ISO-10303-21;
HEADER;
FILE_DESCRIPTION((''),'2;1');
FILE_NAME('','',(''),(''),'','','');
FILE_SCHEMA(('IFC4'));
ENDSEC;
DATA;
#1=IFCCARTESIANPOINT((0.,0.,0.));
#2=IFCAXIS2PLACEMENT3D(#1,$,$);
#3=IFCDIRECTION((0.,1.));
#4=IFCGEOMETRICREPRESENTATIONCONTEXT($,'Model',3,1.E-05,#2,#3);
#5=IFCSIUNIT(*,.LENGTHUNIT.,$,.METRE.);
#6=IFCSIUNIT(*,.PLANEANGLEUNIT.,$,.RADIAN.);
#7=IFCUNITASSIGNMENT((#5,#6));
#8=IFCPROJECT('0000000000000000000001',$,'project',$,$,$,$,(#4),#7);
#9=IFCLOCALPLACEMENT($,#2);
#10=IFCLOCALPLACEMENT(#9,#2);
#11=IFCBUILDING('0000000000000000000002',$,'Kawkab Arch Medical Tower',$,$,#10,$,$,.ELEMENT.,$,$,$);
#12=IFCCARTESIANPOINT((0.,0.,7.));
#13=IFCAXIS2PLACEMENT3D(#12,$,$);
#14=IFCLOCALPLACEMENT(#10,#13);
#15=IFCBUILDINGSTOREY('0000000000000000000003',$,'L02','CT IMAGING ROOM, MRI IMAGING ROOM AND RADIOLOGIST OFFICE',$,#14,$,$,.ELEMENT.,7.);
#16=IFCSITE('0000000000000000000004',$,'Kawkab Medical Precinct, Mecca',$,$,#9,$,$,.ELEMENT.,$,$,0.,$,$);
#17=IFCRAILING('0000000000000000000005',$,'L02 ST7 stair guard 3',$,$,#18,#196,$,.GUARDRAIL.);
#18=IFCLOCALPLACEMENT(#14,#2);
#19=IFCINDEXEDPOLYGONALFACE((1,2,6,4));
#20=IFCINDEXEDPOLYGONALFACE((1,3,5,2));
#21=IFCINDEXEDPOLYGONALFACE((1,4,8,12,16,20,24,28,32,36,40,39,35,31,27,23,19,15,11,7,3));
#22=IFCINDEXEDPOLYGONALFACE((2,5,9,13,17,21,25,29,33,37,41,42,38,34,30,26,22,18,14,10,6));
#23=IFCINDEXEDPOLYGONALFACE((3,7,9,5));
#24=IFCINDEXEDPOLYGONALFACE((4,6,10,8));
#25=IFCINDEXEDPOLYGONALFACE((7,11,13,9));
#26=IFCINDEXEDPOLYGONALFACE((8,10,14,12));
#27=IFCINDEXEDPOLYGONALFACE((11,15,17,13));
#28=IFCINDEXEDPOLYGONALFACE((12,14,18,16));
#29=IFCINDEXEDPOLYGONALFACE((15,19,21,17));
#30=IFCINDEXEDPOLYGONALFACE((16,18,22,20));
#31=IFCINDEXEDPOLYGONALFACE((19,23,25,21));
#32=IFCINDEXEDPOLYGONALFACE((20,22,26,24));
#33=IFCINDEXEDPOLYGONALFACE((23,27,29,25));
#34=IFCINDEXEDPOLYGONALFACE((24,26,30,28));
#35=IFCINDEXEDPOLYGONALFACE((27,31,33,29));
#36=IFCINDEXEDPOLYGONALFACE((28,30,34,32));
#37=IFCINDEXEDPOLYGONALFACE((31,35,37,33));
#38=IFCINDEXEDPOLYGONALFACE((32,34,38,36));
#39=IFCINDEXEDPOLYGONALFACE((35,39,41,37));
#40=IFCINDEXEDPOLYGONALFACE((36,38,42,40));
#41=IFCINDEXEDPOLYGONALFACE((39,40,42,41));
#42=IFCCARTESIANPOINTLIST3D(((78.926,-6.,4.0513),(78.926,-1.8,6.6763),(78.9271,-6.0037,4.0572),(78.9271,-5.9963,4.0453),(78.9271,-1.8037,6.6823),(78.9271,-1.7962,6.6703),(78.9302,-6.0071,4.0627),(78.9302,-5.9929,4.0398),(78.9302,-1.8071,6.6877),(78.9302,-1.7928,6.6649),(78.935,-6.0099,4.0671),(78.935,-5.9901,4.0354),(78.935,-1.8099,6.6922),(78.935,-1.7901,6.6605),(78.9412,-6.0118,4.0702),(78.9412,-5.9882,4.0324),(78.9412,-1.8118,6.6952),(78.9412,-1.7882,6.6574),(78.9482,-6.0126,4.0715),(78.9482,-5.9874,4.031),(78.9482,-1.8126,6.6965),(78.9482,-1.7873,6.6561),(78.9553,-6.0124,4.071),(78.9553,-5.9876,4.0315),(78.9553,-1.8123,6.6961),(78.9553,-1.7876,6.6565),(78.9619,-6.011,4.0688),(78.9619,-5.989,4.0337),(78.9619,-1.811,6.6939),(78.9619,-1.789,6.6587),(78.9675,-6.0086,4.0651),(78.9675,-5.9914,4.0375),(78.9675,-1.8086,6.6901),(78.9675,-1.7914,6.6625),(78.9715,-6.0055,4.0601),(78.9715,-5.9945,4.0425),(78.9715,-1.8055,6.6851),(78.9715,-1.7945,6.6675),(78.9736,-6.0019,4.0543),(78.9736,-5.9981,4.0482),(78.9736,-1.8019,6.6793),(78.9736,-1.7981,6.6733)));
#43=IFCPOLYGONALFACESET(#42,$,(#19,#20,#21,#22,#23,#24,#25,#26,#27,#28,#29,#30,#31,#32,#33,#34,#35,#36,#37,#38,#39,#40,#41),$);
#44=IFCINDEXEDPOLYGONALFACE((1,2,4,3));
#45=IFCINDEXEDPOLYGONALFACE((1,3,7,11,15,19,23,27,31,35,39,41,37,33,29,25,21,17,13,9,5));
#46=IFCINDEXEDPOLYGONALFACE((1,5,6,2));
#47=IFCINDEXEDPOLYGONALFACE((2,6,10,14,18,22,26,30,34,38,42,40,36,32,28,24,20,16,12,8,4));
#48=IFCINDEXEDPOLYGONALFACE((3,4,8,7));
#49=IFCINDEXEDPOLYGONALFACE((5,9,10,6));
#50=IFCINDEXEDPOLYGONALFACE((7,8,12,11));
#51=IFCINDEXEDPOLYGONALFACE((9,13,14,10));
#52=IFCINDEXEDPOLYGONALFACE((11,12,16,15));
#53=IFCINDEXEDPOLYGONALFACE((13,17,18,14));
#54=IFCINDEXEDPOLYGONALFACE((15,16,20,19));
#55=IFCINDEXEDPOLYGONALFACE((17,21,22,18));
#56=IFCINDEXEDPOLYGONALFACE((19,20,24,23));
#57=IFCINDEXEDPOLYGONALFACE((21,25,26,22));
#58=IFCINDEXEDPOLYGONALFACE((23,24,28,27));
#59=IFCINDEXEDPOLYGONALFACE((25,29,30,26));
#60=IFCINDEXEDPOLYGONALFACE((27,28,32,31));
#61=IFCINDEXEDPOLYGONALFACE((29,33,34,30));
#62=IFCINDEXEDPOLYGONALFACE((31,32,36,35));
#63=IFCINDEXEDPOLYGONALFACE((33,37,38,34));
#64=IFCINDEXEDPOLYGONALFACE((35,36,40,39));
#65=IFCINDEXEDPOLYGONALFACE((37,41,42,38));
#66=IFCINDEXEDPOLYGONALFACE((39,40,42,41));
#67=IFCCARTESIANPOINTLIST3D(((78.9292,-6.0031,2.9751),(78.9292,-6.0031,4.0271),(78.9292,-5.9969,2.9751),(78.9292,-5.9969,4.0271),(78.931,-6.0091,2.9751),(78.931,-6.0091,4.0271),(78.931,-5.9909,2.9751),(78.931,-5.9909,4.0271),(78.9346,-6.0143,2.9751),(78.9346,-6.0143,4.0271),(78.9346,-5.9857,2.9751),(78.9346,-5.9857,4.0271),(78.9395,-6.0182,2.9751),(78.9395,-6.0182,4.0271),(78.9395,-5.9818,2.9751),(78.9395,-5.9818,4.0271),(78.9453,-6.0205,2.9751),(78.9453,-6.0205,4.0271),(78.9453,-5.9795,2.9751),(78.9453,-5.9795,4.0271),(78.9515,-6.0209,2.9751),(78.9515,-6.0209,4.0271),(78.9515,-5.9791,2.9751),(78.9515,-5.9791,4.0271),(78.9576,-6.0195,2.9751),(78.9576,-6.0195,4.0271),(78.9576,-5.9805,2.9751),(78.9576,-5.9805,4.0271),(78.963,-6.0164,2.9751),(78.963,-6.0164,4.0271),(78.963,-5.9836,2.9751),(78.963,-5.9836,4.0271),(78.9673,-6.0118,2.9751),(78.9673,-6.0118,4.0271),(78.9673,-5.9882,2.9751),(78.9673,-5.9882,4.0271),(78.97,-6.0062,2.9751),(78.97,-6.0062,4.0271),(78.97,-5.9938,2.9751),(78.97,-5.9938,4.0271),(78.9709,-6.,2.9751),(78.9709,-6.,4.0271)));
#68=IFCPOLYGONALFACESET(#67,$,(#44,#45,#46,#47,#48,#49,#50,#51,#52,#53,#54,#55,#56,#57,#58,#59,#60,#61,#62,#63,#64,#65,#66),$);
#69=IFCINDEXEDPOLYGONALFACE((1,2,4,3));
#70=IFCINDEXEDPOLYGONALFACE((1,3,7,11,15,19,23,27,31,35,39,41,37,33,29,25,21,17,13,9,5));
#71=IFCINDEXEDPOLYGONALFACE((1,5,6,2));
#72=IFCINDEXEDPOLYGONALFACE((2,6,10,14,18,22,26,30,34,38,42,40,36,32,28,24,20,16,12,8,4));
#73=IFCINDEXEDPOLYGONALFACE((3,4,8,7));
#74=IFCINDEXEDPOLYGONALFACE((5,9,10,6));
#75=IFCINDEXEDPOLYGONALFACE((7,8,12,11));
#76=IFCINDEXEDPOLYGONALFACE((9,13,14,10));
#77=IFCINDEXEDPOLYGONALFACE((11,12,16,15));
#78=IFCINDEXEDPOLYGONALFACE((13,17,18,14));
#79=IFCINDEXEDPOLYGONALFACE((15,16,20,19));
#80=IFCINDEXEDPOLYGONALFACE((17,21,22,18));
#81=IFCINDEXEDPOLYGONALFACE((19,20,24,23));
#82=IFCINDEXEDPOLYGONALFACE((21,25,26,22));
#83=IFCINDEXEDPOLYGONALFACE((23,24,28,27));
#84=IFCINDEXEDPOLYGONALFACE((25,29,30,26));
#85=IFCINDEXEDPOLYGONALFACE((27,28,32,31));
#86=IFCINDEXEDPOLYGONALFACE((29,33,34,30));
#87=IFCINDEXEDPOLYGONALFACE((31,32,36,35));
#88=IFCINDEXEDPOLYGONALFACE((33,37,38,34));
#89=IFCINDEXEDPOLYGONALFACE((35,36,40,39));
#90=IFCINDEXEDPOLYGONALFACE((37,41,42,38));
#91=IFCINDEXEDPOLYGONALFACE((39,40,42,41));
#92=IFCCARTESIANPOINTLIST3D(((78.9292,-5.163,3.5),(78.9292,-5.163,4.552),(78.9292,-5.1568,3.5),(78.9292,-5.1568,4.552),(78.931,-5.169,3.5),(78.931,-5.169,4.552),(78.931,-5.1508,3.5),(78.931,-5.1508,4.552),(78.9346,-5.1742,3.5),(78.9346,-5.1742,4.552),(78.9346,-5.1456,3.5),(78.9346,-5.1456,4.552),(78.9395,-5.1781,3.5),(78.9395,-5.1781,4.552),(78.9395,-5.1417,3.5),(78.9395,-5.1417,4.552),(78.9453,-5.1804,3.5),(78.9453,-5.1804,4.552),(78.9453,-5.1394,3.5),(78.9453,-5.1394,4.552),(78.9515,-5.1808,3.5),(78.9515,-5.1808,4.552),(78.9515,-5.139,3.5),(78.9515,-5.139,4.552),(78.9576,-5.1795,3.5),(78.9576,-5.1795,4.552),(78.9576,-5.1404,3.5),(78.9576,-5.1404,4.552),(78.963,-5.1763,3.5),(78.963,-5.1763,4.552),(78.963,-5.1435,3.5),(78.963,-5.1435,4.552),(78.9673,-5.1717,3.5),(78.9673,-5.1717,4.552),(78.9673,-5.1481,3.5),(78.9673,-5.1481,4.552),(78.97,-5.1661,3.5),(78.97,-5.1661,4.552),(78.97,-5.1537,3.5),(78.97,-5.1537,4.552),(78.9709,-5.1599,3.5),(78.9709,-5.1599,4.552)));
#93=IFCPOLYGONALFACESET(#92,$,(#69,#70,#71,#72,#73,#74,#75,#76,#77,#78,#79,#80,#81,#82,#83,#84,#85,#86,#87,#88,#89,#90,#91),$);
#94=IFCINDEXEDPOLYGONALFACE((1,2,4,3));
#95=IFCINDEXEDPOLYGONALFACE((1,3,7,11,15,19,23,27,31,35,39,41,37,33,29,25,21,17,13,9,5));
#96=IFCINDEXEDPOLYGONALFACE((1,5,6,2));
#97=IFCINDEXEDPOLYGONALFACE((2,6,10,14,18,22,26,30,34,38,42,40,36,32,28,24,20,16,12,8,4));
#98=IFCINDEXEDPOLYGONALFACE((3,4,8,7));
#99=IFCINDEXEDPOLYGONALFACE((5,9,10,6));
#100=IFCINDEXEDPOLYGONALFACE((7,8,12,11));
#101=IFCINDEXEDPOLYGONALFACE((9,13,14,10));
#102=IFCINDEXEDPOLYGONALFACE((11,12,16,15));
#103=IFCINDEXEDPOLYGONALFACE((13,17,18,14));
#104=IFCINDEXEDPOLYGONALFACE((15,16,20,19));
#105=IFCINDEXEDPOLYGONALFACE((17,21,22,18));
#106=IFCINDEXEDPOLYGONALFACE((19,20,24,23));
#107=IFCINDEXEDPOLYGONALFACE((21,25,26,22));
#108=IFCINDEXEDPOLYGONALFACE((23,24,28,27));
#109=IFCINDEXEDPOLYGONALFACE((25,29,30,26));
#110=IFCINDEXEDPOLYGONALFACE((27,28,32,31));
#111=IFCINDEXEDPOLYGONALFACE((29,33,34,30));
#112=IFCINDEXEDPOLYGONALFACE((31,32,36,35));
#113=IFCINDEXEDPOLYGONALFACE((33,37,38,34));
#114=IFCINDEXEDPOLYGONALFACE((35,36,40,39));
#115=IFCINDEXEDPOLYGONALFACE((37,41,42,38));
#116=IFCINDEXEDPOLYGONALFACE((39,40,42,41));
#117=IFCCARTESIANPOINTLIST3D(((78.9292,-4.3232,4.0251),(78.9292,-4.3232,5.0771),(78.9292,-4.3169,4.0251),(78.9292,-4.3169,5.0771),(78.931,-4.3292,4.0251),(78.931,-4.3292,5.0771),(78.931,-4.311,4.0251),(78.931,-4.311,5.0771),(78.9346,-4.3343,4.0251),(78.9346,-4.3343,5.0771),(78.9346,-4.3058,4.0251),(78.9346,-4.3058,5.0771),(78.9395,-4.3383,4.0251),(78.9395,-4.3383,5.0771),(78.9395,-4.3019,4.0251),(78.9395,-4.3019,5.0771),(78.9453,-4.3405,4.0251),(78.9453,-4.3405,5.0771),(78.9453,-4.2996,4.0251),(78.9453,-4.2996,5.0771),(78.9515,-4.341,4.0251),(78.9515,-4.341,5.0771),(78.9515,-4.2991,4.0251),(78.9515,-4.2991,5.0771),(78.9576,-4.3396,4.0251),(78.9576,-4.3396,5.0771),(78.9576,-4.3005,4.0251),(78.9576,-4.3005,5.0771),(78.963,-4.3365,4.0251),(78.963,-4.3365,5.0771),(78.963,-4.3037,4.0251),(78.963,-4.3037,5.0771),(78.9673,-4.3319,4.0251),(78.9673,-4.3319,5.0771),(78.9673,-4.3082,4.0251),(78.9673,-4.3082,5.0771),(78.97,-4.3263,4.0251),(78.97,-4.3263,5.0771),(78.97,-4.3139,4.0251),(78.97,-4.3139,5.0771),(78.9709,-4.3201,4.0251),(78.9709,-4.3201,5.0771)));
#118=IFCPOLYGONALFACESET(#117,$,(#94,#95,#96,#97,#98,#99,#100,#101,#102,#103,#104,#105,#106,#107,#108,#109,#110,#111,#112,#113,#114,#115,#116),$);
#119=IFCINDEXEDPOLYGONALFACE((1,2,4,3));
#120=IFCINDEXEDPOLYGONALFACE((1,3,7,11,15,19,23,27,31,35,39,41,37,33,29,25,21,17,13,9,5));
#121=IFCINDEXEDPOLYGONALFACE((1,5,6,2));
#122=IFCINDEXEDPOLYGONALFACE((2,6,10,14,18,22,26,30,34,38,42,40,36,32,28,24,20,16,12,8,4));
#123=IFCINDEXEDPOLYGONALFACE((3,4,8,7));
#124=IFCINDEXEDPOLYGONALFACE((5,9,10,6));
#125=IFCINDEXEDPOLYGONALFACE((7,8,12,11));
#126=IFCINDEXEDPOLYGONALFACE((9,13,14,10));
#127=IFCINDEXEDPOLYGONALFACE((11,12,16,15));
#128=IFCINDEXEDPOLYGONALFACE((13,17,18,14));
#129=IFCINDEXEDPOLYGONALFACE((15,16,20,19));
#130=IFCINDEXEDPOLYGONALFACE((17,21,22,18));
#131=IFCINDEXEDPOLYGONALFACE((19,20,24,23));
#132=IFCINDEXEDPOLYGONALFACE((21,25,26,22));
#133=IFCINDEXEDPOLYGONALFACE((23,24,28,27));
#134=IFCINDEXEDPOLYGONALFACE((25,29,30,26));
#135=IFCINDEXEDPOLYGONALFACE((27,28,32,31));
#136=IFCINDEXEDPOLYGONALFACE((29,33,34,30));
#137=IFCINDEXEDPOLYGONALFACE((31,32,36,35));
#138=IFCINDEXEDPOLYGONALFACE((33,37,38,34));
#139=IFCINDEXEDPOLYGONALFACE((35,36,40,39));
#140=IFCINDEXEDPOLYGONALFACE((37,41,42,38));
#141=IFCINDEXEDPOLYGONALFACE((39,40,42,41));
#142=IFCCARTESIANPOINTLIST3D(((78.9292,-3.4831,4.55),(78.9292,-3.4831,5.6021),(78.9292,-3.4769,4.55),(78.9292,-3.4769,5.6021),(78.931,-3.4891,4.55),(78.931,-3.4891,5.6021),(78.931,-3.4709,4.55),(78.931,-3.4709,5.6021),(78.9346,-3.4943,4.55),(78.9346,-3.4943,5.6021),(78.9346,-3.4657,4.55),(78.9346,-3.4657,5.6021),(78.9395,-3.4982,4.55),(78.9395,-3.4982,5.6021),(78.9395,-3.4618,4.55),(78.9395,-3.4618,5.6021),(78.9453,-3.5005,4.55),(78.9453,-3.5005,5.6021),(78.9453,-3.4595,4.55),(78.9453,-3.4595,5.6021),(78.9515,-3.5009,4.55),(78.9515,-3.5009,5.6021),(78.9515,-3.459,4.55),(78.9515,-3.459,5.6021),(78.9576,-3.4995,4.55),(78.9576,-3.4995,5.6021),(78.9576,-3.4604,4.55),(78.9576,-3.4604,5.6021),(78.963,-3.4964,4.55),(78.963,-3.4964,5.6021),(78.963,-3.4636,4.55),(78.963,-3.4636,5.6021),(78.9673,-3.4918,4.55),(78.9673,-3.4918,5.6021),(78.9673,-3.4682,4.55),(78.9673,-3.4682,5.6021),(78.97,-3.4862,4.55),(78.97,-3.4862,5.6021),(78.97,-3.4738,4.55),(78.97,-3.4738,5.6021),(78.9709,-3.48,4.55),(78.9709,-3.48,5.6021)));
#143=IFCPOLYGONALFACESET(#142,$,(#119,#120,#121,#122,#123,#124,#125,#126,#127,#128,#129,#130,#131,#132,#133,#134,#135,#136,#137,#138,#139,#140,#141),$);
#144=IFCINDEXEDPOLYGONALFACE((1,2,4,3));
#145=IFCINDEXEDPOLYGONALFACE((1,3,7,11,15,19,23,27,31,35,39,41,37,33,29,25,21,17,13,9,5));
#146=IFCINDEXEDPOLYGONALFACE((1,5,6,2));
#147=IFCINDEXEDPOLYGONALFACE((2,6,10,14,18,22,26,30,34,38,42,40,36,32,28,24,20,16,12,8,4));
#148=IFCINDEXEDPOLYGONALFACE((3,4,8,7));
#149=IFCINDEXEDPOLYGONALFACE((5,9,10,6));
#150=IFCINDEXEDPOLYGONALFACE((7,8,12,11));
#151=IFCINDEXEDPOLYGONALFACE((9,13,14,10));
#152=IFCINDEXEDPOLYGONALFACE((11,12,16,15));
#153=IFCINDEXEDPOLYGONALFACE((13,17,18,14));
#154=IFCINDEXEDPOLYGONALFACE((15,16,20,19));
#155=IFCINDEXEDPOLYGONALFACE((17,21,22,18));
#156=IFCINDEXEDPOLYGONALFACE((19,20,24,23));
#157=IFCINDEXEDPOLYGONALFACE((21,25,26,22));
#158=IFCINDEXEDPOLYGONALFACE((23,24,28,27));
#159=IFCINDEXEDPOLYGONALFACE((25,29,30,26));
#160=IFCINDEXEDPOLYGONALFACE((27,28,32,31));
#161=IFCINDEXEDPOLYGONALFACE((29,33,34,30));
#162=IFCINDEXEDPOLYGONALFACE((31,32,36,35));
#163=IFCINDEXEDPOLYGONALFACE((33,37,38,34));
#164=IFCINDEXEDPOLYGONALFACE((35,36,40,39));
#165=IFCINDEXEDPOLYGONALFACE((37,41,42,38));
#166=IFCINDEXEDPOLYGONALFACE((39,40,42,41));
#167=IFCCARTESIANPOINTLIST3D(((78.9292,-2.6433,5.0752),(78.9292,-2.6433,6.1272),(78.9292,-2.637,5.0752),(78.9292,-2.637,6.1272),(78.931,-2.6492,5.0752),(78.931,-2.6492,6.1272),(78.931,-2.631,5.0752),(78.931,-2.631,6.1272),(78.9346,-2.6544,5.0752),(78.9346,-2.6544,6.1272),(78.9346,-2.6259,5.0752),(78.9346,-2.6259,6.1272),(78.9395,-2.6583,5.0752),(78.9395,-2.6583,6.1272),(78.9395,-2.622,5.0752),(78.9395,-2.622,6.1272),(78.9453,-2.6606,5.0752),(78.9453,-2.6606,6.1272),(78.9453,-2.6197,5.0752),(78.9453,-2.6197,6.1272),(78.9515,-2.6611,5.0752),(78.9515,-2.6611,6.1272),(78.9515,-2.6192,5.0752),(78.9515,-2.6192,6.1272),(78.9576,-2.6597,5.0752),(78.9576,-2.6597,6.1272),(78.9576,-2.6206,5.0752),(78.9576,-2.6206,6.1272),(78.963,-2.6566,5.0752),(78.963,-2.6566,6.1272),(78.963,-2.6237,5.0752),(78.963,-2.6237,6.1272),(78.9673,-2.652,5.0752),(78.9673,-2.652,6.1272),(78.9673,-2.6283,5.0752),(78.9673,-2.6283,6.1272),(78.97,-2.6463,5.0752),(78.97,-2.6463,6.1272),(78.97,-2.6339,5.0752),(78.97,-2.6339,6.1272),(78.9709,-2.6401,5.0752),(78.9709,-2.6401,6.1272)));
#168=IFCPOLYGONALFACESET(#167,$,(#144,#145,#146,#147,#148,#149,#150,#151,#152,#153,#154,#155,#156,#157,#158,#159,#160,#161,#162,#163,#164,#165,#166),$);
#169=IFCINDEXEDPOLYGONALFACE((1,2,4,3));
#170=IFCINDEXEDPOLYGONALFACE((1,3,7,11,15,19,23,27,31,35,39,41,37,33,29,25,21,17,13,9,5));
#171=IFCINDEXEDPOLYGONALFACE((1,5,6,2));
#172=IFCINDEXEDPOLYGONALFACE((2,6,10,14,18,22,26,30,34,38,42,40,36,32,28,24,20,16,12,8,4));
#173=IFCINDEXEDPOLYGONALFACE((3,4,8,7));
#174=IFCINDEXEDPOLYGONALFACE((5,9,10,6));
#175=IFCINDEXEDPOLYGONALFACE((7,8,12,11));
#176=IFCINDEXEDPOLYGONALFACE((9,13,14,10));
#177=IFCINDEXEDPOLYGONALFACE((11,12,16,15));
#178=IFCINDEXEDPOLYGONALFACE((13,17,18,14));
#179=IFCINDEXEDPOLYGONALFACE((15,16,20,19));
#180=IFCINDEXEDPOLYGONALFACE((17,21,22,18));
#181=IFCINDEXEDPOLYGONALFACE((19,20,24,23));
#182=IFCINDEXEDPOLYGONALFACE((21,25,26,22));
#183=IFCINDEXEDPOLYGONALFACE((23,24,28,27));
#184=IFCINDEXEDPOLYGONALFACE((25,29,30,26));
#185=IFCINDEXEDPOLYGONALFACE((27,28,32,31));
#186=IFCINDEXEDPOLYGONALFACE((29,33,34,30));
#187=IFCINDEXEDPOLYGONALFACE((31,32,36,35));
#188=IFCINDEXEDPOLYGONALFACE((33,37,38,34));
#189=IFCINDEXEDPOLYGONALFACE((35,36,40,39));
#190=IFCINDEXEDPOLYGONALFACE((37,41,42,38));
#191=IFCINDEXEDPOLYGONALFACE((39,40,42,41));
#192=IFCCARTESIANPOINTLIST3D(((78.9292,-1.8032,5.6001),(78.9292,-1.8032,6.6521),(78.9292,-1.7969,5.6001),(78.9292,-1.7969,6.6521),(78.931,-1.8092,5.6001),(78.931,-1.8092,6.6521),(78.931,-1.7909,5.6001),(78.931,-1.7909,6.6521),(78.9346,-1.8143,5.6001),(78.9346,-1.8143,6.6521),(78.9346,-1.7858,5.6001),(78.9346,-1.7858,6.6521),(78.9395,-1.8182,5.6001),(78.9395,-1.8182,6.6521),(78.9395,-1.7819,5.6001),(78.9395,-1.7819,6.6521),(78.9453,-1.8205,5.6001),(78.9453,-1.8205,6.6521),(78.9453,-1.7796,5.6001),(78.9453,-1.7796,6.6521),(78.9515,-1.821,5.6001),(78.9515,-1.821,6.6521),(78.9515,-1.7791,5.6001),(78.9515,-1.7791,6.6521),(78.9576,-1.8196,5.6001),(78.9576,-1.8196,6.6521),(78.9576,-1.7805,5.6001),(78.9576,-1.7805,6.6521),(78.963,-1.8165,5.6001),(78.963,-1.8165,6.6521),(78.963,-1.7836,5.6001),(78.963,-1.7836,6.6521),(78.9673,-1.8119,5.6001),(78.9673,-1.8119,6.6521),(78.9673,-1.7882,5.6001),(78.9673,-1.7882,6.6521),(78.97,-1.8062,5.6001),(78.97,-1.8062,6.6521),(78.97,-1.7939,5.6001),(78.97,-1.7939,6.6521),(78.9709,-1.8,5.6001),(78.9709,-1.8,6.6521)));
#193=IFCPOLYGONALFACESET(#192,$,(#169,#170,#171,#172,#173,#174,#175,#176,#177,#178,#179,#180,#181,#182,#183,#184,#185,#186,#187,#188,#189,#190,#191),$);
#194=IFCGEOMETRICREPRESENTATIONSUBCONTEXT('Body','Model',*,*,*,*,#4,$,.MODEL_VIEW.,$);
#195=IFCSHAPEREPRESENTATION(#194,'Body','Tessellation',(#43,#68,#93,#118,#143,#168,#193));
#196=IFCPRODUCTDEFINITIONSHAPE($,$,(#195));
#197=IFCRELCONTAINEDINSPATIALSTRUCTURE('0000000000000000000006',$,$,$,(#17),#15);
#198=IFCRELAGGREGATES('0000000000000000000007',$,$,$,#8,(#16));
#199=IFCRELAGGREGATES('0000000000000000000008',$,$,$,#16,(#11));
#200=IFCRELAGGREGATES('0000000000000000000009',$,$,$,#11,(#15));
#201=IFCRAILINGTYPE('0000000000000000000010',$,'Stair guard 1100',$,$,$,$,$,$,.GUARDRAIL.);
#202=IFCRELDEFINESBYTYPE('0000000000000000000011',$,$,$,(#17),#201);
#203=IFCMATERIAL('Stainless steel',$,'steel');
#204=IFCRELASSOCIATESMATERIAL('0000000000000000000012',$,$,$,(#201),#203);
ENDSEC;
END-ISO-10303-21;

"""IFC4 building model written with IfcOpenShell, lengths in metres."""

from ifc_helpers import new_model, si_unit, direction, frame, origin, origin_2d, place, context, subcontext, project, spatial, circle, extrude, material, type_object, element, save


model = new_model("IFC4")

# Units and contexts
model_context = context("Model", 3, precision=1e-05, world=origin(), true_north=direction((0.0, 1.0)))
body_context = subcontext(model_context, "Body", "Model", "MODEL_VIEW")
ifc_project = project(units=[si_unit("LENGTHUNIT", "METRE"), si_unit("PLANEANGLEUNIT", "RADIAN")], contexts=[model_context])

# Site, building, storey
site_placement = place(None, origin())
site = spatial("IfcSite", under=ifc_project, at=site_placement, Name="Kawkab Medical Precinct, Mecca", CompositionType="ELEMENT", RefElevation=0.0)
building_placement = place(site_placement, origin())
building = spatial("IfcBuilding", under=site, at=building_placement, Name="Kawkab Arch Medical Tower", CompositionType="ELEMENT")
storey_placement = place(building_placement, frame((0.0, 0.0, 7.0)))
storey = spatial("IfcBuildingStorey", under=building, at=storey_placement, Name="L02", Description="CT IMAGING ROOM, MRI IMAGING ROOM AND RADIOLOGIST OFFICE", CompositionType="ELEMENT", Elevation=7.0)

# Railing
ifc_material_1 = material(Name="Stainless steel", Category="steel")
railing_type = type_object("IfcRailingType", Name="Stair guard 1100", PredefinedType="GUARDRAIL", material=ifc_material_1)
railing_1_placement = place(storey_placement, frame((78.95, -6.0, 2.9751)))
element("IfcRailing", 1, at=railing_1_placement, inside=storey, type_object=railing_type, Name="L02 ST7 stair guard 3", PredefinedType="GUARDRAIL", context=body_context, shape_type="SweptSolid", body=[
    extrude(circle(Radius=0.0239, at=origin_2d()), frame((0.0, 0.0, 1.0762), z_axis=(0.0, 0.847996, 0.530003), x_axis=(-1.0, 0.0, 0.0)), (0.0, 0.0, 1.0), 4.9529),
    extrude(circle(Radius=0.021, at=origin_2d()), origin(), (0.0, 0.0, 1.0), 1.052),
    extrude(circle(Radius=0.021, at=origin_2d()), frame((0.0, 0.8401, 0.5249)), (0.0, 0.0, 1.0), 1.052),
    extrude(circle(Radius=0.021, at=origin_2d()), frame((0.0, 1.6799, 1.05)), (0.0, 0.0, 1.0), 1.052),
    extrude(circle(Radius=0.021, at=origin_2d()), frame((0.0, 2.52, 1.575)), (0.0, 0.0, 1.0), 1.052),
    extrude(circle(Radius=0.021, at=origin_2d()), frame((0.0, 3.3599, 2.1001)), (0.0, 0.0, 1.0), 1.052),
    extrude(circle(Radius=0.021, at=origin_2d()), frame((0.0, 4.2, 2.625)), (0.0, 0.0, 1.0), 1.052),
])

save(model, "model.ifc")
